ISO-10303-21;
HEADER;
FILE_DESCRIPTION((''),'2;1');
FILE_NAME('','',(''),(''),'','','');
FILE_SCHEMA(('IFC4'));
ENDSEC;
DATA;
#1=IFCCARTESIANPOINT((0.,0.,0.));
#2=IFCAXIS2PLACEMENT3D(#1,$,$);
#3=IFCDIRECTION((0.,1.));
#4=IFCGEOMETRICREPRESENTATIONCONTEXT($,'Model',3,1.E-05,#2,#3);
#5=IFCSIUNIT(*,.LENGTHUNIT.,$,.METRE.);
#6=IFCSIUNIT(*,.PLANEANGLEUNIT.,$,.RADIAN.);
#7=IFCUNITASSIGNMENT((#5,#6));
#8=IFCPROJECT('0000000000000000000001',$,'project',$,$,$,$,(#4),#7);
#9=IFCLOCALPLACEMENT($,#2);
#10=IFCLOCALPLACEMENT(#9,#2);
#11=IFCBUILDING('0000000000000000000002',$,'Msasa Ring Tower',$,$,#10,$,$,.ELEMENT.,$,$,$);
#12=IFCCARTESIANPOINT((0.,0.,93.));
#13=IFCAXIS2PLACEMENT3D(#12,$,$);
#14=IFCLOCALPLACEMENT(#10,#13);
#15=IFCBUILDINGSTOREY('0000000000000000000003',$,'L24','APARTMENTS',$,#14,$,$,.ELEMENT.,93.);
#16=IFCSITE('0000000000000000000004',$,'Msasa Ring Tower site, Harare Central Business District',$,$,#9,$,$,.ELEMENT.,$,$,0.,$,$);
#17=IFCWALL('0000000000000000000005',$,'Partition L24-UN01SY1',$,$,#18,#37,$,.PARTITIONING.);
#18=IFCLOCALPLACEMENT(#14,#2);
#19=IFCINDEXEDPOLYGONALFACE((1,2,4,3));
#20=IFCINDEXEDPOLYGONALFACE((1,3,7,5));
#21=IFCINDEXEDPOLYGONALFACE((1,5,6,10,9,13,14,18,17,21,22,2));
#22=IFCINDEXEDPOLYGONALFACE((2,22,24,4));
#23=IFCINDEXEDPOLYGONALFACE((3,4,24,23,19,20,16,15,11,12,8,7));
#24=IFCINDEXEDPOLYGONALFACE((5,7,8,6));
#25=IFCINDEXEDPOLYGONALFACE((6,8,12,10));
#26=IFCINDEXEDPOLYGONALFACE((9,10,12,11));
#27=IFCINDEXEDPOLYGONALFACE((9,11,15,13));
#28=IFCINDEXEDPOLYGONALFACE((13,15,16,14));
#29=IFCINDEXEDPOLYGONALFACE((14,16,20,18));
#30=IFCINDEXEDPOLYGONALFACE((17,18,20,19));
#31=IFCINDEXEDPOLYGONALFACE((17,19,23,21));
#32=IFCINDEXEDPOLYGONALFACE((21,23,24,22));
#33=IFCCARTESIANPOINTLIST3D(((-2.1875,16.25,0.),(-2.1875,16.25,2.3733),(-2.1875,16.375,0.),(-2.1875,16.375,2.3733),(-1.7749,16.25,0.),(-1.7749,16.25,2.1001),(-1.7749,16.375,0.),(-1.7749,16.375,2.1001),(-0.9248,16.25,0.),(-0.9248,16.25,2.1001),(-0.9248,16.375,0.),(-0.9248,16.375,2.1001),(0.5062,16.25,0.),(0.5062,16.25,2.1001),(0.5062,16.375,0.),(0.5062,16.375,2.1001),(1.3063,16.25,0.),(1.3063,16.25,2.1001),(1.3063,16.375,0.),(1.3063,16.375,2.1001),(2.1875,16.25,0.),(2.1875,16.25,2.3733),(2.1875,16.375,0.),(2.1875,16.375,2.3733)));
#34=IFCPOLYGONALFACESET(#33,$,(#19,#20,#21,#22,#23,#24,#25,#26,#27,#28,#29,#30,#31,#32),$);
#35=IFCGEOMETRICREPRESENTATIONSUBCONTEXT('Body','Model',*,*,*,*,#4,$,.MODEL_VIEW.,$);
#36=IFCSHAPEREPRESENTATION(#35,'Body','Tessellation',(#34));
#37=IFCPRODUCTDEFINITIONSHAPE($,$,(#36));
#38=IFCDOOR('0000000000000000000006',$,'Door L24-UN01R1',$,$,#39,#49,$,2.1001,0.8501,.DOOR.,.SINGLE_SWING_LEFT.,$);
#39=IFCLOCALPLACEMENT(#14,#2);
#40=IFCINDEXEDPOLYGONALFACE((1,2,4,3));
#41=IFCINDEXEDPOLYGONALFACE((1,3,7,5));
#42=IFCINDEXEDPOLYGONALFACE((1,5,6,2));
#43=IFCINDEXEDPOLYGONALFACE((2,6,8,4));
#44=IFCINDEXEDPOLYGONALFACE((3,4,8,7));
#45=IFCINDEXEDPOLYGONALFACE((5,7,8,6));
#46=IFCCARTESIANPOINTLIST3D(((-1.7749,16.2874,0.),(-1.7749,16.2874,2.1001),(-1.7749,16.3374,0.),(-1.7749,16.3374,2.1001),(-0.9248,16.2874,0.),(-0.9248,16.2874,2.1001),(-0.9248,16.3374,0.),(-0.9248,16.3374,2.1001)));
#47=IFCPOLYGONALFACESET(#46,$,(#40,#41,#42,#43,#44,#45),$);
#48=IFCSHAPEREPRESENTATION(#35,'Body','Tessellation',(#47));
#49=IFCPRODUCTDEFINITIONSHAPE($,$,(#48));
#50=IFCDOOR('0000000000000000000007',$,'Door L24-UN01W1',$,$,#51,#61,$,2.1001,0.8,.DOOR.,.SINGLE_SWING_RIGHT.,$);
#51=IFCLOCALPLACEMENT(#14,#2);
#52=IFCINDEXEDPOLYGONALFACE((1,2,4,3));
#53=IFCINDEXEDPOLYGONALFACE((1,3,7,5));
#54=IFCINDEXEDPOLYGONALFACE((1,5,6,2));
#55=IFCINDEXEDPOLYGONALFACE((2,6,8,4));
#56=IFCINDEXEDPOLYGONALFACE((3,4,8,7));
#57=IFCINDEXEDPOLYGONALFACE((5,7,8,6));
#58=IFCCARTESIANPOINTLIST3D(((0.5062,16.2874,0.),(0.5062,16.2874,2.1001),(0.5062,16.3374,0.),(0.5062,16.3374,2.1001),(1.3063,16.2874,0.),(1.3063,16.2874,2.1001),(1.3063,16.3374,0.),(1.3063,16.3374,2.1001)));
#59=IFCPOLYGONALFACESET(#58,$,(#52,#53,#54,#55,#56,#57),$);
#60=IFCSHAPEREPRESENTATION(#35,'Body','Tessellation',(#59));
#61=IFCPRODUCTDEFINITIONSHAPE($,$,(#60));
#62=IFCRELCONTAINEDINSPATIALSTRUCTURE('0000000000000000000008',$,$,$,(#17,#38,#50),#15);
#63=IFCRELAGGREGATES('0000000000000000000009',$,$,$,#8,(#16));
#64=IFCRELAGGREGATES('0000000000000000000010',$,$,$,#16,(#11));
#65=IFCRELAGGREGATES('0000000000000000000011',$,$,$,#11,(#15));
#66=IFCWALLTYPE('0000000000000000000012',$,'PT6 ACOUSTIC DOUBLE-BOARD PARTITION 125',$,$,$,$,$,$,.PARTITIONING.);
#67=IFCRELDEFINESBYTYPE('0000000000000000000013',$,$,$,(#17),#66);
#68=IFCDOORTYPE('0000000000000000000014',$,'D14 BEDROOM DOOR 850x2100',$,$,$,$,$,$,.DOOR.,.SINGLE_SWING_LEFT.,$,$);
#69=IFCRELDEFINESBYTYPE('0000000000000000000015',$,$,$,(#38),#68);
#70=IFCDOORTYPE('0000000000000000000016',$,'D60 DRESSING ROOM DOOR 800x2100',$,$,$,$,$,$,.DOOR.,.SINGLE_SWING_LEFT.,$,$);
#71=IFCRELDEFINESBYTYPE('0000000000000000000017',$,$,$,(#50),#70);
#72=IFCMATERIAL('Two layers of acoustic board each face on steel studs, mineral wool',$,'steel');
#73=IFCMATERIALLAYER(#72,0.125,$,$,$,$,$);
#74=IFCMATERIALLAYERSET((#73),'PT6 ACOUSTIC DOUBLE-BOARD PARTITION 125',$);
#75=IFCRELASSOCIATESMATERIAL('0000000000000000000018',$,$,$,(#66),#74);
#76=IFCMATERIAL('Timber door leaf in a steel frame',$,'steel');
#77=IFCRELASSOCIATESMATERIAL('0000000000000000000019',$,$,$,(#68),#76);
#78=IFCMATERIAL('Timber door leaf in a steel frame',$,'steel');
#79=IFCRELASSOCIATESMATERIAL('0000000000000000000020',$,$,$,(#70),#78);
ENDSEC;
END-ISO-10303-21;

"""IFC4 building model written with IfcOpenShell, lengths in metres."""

from ifc_helpers import new_model, si_unit, direction, frame, frame_2d, origin, place, context, subcontext, project, spatial, rectangle, extrude, material, layer, layer_set, type_object, element, fill, save


model = new_model("IFC4")

# Units and contexts
model_context = context("Model", 3, precision=1e-05, world=origin(), true_north=direction((0.0, 1.0)))
body_context = subcontext(model_context, "Body", "Model", "MODEL_VIEW")
ifc_project = project(units=[si_unit("LENGTHUNIT", "METRE"), si_unit("PLANEANGLEUNIT", "RADIAN")], contexts=[model_context])

# Site, building, storey
site_placement = place(None, origin())
site = spatial("IfcSite", under=ifc_project, at=site_placement, Name="Msasa Ring Tower site, Harare Central Business District", CompositionType="ELEMENT", RefElevation=0.0)
building_placement = place(site_placement, origin())
building = spatial("IfcBuilding", under=site, at=building_placement, Name="Msasa Ring Tower", CompositionType="ELEMENT")
storey_placement = place(building_placement, frame((0.0, 0.0, 93.0)))
storey = spatial("IfcBuildingStorey", under=building, at=storey_placement, Name="L24", Description="APARTMENTS", CompositionType="ELEMENT", Elevation=93.0)

# Shared definitions
ifc_material_1 = material(Name="Two layers of acoustic board each face on steel studs, mineral wool", Category="steel")
ifc_layer_1 = layer(ifc_material_1, 0.125)
ifc_layer_set_1 = layer_set([ifc_layer_1], Name="PT6 ACOUSTIC DOUBLE-BOARD PARTITION 125")
wall_type_1 = type_object("IfcWallType", Name="PT6 ACOUSTIC DOUBLE-BOARD PARTITION 125", PredefinedType="PARTITIONING", material=ifc_layer_set_1)

# Wall, openings, doors
wall_1_placement = place(storey_placement, frame((-2.1875, 16.3125, 0.0), z_axis=(0.0, 0.0, 1.0), x_axis=(1.0, 0.0, 0.0)))
wall_1 = element("IfcWall", 1, at=wall_1_placement, inside=storey, type_object=wall_type_1, Name="Partition L24-UN01SY1", PredefinedType="PARTITIONING", context=body_context, shape_type="SweptSolid", body=[
    extrude(rectangle(XDim=4.375, YDim=0.125, at=frame_2d((2.1875, 0.0))), origin(), (0.0, 0.0, 1.0), 2.3733),
])
opening_1_placement = place(wall_1_placement, frame((0.4126, 0.0, 0.0)))
opening_1 = element("IfcOpeningElement", 2, at=opening_1_placement, cuts=wall_1, PredefinedType="OPENING", context=body_context, shape_type="SweptSolid", body=[
    extrude(rectangle(XDim=0.8501, YDim=2.1001, at=frame_2d((0.425, 1.05))), frame((0.0, 0.0725, 0.0), z_axis=(0.0, -1.0, 0.0), x_axis=(1.0, 0.0, 0.0)), (0.0, 0.0, 1.0), 0.145),
])
opening_2_placement = place(wall_1_placement, frame((2.6938, 0.0, 0.0)))
opening_2 = element("IfcOpeningElement", 3, at=opening_2_placement, cuts=wall_1, PredefinedType="OPENING", context=body_context, shape_type="SweptSolid", body=[
    extrude(rectangle(XDim=0.8, YDim=2.1001, at=frame_2d((0.3999, 1.05))), frame((0.0, 0.0725, 0.0), z_axis=(0.0, -1.0, 0.0), x_axis=(1.0, 0.0, 0.0)), (0.0, 0.0, 1.0), 0.145),
])
ifc_material_2 = material(Name="Timber door leaf in a steel frame", Category="steel")
door_type_1 = type_object("IfcDoorType", Name="D14 BEDROOM DOOR 850x2100", OperationType="SINGLE_SWING_LEFT", PredefinedType="DOOR", material=ifc_material_2)
door_1_placement = place(opening_1_placement, origin())
door_1 = element("IfcDoor", 4, at=door_1_placement, inside=storey, type_object=door_type_1, Name="Door L24-UN01R1", OperationType="SINGLE_SWING_LEFT", OverallHeight=2.1001, OverallWidth=0.8501, PredefinedType="DOOR", context=body_context, shape_type="SweptSolid", body=[
    extrude(rectangle(XDim=0.8501, YDim=2.1001, at=frame_2d((0.425, 1.05))), frame((0.0, 0.0249, 0.0), z_axis=(0.0, -1.0, 0.0), x_axis=(1.0, 0.0, 0.0)), (0.0, 0.0, 1.0), 0.05),
])
fill(opening_1, door_1)
ifc_material_3 = material(Name="Timber door leaf in a steel frame", Category="steel")
door_type_2 = type_object("IfcDoorType", Name="D60 DRESSING ROOM DOOR 800x2100", OperationType="SINGLE_SWING_LEFT", PredefinedType="DOOR", material=ifc_material_3)
door_2_placement = place(opening_2_placement, origin())
door_2 = element("IfcDoor", 5, at=door_2_placement, inside=storey, type_object=door_type_2, Name="Door L24-UN01W1", OperationType="SINGLE_SWING_RIGHT", OverallHeight=2.1001, OverallWidth=0.8, PredefinedType="DOOR", context=body_context, shape_type="SweptSolid", body=[
    extrude(rectangle(XDim=0.8, YDim=2.1001, at=frame_2d((0.3999, 1.05))), frame((0.0, 0.0249, 0.0), z_axis=(0.0, -1.0, 0.0), x_axis=(1.0, 0.0, 0.0)), (0.0, 0.0, 1.0), 0.05),
])
fill(opening_2, door_2)

save(model, "model.ifc")
